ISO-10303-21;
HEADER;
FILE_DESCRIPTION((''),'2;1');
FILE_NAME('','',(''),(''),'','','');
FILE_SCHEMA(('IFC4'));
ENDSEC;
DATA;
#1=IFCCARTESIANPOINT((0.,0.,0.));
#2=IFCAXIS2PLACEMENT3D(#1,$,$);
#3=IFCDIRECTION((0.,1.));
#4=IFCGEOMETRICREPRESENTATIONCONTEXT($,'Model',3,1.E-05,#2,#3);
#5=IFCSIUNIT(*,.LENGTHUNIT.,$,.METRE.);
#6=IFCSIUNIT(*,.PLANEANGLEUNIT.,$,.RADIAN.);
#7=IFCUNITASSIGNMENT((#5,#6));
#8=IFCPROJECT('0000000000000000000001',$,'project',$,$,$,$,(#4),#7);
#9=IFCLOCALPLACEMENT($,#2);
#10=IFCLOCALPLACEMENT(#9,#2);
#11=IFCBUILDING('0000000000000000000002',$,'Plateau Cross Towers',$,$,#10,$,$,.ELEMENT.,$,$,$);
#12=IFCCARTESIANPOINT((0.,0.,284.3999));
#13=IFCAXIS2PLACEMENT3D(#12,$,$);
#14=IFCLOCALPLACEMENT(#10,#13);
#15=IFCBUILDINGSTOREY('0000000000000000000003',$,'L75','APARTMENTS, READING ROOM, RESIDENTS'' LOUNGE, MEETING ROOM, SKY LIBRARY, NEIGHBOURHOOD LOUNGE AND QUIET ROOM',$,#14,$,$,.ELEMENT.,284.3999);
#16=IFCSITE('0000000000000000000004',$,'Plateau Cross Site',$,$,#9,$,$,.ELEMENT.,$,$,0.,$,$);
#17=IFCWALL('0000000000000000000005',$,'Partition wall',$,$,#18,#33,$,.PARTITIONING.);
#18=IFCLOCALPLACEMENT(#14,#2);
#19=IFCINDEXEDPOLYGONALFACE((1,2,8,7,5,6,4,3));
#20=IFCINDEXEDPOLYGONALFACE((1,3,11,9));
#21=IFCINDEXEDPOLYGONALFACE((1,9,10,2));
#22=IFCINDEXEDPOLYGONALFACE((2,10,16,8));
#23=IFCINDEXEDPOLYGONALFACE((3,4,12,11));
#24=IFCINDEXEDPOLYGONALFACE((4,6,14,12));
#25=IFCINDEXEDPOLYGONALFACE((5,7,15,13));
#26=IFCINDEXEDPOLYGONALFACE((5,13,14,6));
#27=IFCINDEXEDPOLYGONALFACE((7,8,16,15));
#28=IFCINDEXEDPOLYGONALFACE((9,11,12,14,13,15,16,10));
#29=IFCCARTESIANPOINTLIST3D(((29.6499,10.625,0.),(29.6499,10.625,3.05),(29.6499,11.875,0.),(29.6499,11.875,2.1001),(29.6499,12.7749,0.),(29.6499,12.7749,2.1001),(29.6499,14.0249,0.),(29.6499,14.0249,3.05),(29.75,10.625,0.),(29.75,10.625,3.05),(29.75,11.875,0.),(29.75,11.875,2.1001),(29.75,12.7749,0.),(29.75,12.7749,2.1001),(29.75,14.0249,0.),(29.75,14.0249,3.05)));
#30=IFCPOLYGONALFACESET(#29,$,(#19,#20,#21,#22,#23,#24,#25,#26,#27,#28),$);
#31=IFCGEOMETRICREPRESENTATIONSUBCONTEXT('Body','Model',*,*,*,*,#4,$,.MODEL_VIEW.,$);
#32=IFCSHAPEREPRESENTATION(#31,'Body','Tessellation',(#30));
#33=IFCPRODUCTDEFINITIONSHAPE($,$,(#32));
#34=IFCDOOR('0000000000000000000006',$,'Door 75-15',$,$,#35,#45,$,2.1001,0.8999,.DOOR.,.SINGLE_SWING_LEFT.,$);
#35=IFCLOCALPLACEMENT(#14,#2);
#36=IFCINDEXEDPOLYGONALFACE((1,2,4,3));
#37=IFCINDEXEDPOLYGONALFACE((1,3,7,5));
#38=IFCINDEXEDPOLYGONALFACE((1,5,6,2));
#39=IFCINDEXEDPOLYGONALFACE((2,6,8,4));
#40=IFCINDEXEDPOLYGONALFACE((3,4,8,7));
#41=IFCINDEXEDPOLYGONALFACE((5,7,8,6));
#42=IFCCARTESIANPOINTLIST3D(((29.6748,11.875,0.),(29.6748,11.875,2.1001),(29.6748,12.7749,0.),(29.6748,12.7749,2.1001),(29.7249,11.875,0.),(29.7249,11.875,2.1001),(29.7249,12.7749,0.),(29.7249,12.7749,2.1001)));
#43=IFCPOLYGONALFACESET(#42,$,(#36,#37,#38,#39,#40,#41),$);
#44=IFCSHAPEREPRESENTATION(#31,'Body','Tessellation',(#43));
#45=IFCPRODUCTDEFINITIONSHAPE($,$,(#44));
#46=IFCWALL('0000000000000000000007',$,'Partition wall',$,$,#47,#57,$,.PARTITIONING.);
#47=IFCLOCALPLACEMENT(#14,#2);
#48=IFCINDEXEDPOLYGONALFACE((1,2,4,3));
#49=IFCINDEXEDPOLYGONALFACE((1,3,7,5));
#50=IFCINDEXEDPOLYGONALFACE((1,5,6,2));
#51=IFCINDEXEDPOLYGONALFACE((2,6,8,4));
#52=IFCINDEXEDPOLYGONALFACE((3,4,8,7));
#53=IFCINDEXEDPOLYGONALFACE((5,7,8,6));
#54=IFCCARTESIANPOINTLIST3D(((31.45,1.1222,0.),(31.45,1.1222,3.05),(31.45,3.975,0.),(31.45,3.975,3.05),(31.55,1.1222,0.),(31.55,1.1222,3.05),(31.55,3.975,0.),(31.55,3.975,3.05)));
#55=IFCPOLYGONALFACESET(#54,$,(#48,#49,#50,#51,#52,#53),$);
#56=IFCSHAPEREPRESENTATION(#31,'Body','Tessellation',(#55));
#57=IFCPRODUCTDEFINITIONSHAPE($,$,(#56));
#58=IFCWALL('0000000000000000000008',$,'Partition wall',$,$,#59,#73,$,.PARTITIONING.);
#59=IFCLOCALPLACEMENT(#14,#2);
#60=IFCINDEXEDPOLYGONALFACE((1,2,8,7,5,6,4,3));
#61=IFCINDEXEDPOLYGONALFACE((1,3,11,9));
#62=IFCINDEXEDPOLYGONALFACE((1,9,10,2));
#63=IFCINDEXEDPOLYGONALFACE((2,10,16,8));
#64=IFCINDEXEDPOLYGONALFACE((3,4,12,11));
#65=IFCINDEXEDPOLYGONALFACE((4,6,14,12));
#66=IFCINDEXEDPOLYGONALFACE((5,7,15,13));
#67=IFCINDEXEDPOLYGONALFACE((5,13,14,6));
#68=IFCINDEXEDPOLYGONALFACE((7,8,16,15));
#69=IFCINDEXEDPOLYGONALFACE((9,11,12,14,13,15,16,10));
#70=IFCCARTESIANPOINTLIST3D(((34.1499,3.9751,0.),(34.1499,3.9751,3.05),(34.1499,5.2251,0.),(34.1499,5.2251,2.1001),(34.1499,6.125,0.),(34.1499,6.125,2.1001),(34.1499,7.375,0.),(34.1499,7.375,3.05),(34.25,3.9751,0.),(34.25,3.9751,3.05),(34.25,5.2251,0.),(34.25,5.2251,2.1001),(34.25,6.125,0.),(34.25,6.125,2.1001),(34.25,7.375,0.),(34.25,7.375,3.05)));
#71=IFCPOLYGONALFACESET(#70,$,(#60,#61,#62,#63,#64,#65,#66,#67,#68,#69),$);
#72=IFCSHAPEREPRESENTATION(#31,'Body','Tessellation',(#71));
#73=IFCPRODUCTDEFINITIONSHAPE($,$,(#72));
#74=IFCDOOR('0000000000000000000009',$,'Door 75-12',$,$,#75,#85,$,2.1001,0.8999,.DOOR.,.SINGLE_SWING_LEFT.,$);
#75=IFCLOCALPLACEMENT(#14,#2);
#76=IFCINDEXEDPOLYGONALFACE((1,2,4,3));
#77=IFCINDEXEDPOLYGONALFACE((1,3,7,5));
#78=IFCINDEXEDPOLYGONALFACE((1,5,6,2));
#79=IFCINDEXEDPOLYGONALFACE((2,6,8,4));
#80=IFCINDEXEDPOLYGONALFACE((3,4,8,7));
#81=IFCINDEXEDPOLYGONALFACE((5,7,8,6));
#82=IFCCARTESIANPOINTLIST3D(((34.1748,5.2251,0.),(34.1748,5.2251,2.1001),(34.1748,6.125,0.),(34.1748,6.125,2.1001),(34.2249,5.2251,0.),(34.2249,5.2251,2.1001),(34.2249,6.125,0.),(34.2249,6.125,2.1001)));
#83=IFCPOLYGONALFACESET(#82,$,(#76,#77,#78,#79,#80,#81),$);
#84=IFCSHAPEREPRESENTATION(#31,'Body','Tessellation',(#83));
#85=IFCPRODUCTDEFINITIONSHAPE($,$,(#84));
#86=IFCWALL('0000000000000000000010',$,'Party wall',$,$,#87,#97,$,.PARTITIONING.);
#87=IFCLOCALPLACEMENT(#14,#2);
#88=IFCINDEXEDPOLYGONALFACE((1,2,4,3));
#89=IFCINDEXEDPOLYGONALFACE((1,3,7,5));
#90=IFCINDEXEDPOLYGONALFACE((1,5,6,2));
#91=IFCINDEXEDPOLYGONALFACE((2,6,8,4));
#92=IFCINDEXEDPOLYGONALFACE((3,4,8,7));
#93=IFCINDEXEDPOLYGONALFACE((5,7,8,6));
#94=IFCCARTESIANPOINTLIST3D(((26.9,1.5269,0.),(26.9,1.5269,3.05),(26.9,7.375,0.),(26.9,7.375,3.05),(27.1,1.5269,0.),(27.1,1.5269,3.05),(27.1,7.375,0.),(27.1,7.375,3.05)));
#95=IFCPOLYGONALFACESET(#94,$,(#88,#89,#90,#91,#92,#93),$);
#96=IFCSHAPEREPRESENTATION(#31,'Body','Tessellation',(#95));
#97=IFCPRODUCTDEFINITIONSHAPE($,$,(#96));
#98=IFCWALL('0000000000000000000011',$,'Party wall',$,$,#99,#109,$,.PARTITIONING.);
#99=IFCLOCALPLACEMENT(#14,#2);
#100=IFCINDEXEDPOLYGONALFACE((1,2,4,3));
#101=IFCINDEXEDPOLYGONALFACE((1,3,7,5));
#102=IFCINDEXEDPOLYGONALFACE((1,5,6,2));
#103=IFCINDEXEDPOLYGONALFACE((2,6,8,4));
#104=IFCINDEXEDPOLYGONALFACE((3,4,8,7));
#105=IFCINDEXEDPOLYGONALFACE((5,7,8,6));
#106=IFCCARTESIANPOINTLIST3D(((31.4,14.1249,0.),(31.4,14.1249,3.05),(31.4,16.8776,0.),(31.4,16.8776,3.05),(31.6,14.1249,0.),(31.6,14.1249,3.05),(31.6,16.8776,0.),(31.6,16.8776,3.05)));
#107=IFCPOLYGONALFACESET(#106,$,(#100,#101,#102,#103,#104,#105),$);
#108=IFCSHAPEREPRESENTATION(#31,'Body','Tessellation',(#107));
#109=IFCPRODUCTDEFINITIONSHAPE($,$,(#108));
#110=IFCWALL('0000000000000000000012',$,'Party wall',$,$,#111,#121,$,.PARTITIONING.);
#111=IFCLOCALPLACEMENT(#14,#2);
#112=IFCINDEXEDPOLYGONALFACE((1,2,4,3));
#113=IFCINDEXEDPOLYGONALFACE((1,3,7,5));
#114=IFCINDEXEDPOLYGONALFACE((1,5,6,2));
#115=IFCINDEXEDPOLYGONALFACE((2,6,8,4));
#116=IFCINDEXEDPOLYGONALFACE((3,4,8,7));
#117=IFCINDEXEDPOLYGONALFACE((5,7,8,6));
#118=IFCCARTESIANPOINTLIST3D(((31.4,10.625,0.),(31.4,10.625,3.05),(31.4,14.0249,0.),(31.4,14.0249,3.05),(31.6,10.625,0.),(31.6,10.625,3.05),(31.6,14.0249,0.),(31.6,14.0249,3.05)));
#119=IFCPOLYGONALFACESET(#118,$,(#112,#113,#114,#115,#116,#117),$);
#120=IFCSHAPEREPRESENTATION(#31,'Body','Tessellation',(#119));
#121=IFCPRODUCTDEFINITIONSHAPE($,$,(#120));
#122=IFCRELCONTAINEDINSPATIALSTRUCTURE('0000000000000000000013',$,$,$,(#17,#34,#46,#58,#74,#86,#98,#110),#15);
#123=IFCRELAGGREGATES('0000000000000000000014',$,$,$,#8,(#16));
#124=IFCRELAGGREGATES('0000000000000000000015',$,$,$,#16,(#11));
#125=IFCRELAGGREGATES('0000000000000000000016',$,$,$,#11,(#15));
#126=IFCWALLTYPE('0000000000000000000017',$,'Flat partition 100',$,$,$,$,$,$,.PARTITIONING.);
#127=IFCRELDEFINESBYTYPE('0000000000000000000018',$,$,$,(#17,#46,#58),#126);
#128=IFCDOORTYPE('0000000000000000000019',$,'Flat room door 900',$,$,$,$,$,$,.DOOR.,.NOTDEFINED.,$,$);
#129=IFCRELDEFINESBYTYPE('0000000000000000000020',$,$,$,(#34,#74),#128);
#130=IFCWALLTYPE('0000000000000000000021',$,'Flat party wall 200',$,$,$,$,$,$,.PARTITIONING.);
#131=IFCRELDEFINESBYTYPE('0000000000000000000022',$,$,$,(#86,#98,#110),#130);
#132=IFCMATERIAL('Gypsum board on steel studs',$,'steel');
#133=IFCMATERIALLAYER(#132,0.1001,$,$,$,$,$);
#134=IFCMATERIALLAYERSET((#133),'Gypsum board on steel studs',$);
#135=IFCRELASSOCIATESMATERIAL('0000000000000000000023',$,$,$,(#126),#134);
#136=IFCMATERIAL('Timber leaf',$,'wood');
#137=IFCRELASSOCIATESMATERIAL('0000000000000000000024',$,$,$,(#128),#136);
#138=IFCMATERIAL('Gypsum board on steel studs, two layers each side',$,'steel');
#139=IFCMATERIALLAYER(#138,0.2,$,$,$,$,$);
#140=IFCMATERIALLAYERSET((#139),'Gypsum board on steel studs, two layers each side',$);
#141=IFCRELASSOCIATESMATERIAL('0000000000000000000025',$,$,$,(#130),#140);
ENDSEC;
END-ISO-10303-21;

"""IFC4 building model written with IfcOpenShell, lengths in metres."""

from ifc_helpers import new_model, si_unit, direction, frame, frame_2d, origin, place, context, subcontext, project, spatial, rectangle, extrude, material, layer, layer_set, type_object, element, fill, save


model = new_model("IFC4")

# Units and contexts
model_context = context("Model", 3, precision=1e-05, world=origin(), true_north=direction((0.0, 1.0)))
body_context = subcontext(model_context, "Body", "Model", "MODEL_VIEW")
ifc_project = project(units=[si_unit("LENGTHUNIT", "METRE"), si_unit("PLANEANGLEUNIT", "RADIAN")], contexts=[model_context])

# Site, building, storey
site_placement = place(None, origin())
site = spatial("IfcSite", under=ifc_project, at=site_placement, Name="Plateau Cross Site", CompositionType="ELEMENT", RefElevation=0.0)
building_placement = place(site_placement, origin())
building = spatial("IfcBuilding", under=site, at=building_placement, Name="Plateau Cross Towers", CompositionType="ELEMENT")
storey_placement = place(building_placement, frame((0.0, 0.0, 284.3999)))
storey = spatial("IfcBuildingStorey", under=building, at=storey_placement, Name="L75", Description="APARTMENTS, READING ROOM, RESIDENTS' LOUNGE, MEETING ROOM, SKY LIBRARY, NEIGHBOURHOOD LOUNGE AND QUIET ROOM", CompositionType="ELEMENT", Elevation=284.3999)

# Shared definitions
ifc_material_1 = material(Name="Gypsum board on steel studs", Category="steel")
ifc_layer_1 = layer(ifc_material_1, 0.1001)
ifc_layer_set_1 = layer_set([ifc_layer_1], Name="Gypsum board on steel studs")
wall_type_1 = type_object("IfcWallType", Name="Flat partition 100", PredefinedType="PARTITIONING", material=ifc_layer_set_1)
ifc_material_2 = material(Name="Timber leaf", Category="wood")
door_type = type_object("IfcDoorType", Name="Flat room door 900", OperationType="NOTDEFINED", PredefinedType="DOOR", material=ifc_material_2)

# Wall, opening, door
wall_1_placement = place(storey_placement, frame((29.7, 14.0249, 0.0), z_axis=(0.0, 0.0, 1.0), x_axis=(0.0, -1.0, 0.0)))
wall_1 = element("IfcWall", 1, at=wall_1_placement, inside=storey, type_object=wall_type_1, Name="Partition wall", PredefinedType="PARTITIONING", context=body_context, shape_type="SweptSolid", body=[
    extrude(rectangle(XDim=3.3999, YDim=0.1001, at=frame_2d((1.7, 0.0))), origin(), (0.0, 0.0, 1.0), 3.05),
])
opening_1_placement = place(wall_1_placement, frame((1.25, 0.0, 0.0)))
opening_1 = element("IfcOpeningElement", 2, at=opening_1_placement, cuts=wall_1, PredefinedType="OPENING", context=body_context, shape_type="SweptSolid", body=[
    extrude(rectangle(XDim=0.8999, YDim=2.1001, at=frame_2d((0.45, 1.05))), frame((0.0, 0.0601, 0.0), z_axis=(0.0, -1.0, 0.0), x_axis=(1.0, 0.0, 0.0)), (0.0, 0.0, 1.0), 0.1201),
])
door_1_placement = place(opening_1_placement, origin())
door_1 = element("IfcDoor", 3, at=door_1_placement, inside=storey, type_object=door_type, Name="Door 75-15", OperationType="SINGLE_SWING_LEFT", OverallHeight=2.1001, OverallWidth=0.8999, PredefinedType="DOOR", context=body_context, shape_type="SweptSolid", body=[
    extrude(rectangle(XDim=0.8999, YDim=2.1001, at=frame_2d((0.45, 1.05))), frame((0.0, 0.0249, 0.0), z_axis=(0.0, -1.0, 0.0), x_axis=(1.0, 0.0, 0.0)), (0.0, 0.0, 1.0), 0.05),
])
fill(opening_1, door_1)

# Wall
wall_2_placement = place(storey_placement, frame((31.5, 1.1223, 0.0), z_axis=(0.0, 0.0, 1.0), x_axis=(0.0, 1.0, 0.0)))
element("IfcWall", 4, at=wall_2_placement, inside=storey, type_object=wall_type_1, Name="Partition wall", PredefinedType="PARTITIONING", context=body_context, shape_type="SweptSolid", body=[
    extrude(rectangle(XDim=2.8528, YDim=0.1001, at=frame_2d((1.4263, 0.0))), origin(), (0.0, 0.0, 1.0), 3.05),
])

# Wall, opening, door
wall_3_placement = place(storey_placement, frame((34.2, 7.375, 0.0), z_axis=(0.0, 0.0, 1.0), x_axis=(0.0, -1.0, 0.0)))
wall_3 = element("IfcWall", 5, at=wall_3_placement, inside=storey, type_object=wall_type_1, Name="Partition wall", PredefinedType="PARTITIONING", context=body_context, shape_type="SweptSolid", body=[
    extrude(rectangle(XDim=3.3999, YDim=0.1001, at=frame_2d((1.7, 0.0))), origin(), (0.0, 0.0, 1.0), 3.05),
])
opening_2_placement = place(wall_3_placement, frame((1.25, 0.0, 0.0)))
opening_2 = element("IfcOpeningElement", 6, at=opening_2_placement, cuts=wall_3, PredefinedType="OPENING", context=body_context, shape_type="SweptSolid", body=[
    extrude(rectangle(XDim=0.8999, YDim=2.1001, at=frame_2d((0.45, 1.05))), frame((0.0, 0.0601, 0.0), z_axis=(0.0, -1.0, 0.0), x_axis=(1.0, 0.0, 0.0)), (0.0, 0.0, 1.0), 0.1201),
])
door_2_placement = place(opening_2_placement, origin())
door_2 = element("IfcDoor", 7, at=door_2_placement, inside=storey, type_object=door_type, Name="Door 75-12", OperationType="SINGLE_SWING_LEFT", OverallHeight=2.1001, OverallWidth=0.8999, PredefinedType="DOOR", context=body_context, shape_type="SweptSolid", body=[
    extrude(rectangle(XDim=0.8999, YDim=2.1001, at=frame_2d((0.45, 1.05))), frame((0.0, 0.0249, 0.0), z_axis=(0.0, -1.0, 0.0), x_axis=(1.0, 0.0, 0.0)), (0.0, 0.0, 1.0), 0.05),
])
fill(opening_2, door_2)

# Walls
ifc_material_3 = material(Name="Gypsum board on steel studs, two layers each side", Category="steel")
ifc_layer_2 = layer(ifc_material_3, 0.2)
ifc_layer_set_2 = layer_set([ifc_layer_2], Name="Gypsum board on steel studs, two layers each side")
wall_type_2 = type_object("IfcWallType", Name="Flat party wall 200", PredefinedType="PARTITIONING", material=ifc_layer_set_2)
wall_4_placement = place(storey_placement, frame((27.0, 1.5269, 0.0), z_axis=(0.0, 0.0, 1.0), x_axis=(0.0, 1.0, 0.0)))
element("IfcWall", 8, at=wall_4_placement, inside=storey, type_object=wall_type_2, Name="Party wall", PredefinedType="PARTITIONING", context=body_context, shape_type="SweptSolid", body=[
    extrude(rectangle(XDim=5.8481, YDim=0.2, at=frame_2d((2.9241, 0.0))), origin(), (0.0, 0.0, 1.0), 3.05),
])
wall_5_placement = place(storey_placement, frame((31.5, 16.8777, 0.0), z_axis=(0.0, 0.0, 1.0), x_axis=(0.0, -1.0, 0.0)))
element("IfcWall", 9, at=wall_5_placement, inside=storey, type_object=wall_type_2, Name="Party wall", PredefinedType="PARTITIONING", context=body_context, shape_type="SweptSolid", body=[
    extrude(rectangle(XDim=2.7527, YDim=0.2, at=frame_2d((1.3765, 0.0))), origin(), (0.0, 0.0, 1.0), 3.05),
])
wall_6_placement = place(storey_placement, frame((31.5, 10.625, 0.0), z_axis=(0.0, 0.0, 1.0), x_axis=(0.0, 1.0, 0.0)))
element("IfcWall", 10, at=wall_6_placement, inside=storey, type_object=wall_type_2, Name="Party wall", PredefinedType="PARTITIONING", context=body_context, shape_type="SweptSolid", body=[
    extrude(rectangle(XDim=3.3999, YDim=0.2, at=frame_2d((1.7, 0.0))), origin(), (0.0, 0.0, 1.0), 3.05),
])

save(model, "model.ifc")
